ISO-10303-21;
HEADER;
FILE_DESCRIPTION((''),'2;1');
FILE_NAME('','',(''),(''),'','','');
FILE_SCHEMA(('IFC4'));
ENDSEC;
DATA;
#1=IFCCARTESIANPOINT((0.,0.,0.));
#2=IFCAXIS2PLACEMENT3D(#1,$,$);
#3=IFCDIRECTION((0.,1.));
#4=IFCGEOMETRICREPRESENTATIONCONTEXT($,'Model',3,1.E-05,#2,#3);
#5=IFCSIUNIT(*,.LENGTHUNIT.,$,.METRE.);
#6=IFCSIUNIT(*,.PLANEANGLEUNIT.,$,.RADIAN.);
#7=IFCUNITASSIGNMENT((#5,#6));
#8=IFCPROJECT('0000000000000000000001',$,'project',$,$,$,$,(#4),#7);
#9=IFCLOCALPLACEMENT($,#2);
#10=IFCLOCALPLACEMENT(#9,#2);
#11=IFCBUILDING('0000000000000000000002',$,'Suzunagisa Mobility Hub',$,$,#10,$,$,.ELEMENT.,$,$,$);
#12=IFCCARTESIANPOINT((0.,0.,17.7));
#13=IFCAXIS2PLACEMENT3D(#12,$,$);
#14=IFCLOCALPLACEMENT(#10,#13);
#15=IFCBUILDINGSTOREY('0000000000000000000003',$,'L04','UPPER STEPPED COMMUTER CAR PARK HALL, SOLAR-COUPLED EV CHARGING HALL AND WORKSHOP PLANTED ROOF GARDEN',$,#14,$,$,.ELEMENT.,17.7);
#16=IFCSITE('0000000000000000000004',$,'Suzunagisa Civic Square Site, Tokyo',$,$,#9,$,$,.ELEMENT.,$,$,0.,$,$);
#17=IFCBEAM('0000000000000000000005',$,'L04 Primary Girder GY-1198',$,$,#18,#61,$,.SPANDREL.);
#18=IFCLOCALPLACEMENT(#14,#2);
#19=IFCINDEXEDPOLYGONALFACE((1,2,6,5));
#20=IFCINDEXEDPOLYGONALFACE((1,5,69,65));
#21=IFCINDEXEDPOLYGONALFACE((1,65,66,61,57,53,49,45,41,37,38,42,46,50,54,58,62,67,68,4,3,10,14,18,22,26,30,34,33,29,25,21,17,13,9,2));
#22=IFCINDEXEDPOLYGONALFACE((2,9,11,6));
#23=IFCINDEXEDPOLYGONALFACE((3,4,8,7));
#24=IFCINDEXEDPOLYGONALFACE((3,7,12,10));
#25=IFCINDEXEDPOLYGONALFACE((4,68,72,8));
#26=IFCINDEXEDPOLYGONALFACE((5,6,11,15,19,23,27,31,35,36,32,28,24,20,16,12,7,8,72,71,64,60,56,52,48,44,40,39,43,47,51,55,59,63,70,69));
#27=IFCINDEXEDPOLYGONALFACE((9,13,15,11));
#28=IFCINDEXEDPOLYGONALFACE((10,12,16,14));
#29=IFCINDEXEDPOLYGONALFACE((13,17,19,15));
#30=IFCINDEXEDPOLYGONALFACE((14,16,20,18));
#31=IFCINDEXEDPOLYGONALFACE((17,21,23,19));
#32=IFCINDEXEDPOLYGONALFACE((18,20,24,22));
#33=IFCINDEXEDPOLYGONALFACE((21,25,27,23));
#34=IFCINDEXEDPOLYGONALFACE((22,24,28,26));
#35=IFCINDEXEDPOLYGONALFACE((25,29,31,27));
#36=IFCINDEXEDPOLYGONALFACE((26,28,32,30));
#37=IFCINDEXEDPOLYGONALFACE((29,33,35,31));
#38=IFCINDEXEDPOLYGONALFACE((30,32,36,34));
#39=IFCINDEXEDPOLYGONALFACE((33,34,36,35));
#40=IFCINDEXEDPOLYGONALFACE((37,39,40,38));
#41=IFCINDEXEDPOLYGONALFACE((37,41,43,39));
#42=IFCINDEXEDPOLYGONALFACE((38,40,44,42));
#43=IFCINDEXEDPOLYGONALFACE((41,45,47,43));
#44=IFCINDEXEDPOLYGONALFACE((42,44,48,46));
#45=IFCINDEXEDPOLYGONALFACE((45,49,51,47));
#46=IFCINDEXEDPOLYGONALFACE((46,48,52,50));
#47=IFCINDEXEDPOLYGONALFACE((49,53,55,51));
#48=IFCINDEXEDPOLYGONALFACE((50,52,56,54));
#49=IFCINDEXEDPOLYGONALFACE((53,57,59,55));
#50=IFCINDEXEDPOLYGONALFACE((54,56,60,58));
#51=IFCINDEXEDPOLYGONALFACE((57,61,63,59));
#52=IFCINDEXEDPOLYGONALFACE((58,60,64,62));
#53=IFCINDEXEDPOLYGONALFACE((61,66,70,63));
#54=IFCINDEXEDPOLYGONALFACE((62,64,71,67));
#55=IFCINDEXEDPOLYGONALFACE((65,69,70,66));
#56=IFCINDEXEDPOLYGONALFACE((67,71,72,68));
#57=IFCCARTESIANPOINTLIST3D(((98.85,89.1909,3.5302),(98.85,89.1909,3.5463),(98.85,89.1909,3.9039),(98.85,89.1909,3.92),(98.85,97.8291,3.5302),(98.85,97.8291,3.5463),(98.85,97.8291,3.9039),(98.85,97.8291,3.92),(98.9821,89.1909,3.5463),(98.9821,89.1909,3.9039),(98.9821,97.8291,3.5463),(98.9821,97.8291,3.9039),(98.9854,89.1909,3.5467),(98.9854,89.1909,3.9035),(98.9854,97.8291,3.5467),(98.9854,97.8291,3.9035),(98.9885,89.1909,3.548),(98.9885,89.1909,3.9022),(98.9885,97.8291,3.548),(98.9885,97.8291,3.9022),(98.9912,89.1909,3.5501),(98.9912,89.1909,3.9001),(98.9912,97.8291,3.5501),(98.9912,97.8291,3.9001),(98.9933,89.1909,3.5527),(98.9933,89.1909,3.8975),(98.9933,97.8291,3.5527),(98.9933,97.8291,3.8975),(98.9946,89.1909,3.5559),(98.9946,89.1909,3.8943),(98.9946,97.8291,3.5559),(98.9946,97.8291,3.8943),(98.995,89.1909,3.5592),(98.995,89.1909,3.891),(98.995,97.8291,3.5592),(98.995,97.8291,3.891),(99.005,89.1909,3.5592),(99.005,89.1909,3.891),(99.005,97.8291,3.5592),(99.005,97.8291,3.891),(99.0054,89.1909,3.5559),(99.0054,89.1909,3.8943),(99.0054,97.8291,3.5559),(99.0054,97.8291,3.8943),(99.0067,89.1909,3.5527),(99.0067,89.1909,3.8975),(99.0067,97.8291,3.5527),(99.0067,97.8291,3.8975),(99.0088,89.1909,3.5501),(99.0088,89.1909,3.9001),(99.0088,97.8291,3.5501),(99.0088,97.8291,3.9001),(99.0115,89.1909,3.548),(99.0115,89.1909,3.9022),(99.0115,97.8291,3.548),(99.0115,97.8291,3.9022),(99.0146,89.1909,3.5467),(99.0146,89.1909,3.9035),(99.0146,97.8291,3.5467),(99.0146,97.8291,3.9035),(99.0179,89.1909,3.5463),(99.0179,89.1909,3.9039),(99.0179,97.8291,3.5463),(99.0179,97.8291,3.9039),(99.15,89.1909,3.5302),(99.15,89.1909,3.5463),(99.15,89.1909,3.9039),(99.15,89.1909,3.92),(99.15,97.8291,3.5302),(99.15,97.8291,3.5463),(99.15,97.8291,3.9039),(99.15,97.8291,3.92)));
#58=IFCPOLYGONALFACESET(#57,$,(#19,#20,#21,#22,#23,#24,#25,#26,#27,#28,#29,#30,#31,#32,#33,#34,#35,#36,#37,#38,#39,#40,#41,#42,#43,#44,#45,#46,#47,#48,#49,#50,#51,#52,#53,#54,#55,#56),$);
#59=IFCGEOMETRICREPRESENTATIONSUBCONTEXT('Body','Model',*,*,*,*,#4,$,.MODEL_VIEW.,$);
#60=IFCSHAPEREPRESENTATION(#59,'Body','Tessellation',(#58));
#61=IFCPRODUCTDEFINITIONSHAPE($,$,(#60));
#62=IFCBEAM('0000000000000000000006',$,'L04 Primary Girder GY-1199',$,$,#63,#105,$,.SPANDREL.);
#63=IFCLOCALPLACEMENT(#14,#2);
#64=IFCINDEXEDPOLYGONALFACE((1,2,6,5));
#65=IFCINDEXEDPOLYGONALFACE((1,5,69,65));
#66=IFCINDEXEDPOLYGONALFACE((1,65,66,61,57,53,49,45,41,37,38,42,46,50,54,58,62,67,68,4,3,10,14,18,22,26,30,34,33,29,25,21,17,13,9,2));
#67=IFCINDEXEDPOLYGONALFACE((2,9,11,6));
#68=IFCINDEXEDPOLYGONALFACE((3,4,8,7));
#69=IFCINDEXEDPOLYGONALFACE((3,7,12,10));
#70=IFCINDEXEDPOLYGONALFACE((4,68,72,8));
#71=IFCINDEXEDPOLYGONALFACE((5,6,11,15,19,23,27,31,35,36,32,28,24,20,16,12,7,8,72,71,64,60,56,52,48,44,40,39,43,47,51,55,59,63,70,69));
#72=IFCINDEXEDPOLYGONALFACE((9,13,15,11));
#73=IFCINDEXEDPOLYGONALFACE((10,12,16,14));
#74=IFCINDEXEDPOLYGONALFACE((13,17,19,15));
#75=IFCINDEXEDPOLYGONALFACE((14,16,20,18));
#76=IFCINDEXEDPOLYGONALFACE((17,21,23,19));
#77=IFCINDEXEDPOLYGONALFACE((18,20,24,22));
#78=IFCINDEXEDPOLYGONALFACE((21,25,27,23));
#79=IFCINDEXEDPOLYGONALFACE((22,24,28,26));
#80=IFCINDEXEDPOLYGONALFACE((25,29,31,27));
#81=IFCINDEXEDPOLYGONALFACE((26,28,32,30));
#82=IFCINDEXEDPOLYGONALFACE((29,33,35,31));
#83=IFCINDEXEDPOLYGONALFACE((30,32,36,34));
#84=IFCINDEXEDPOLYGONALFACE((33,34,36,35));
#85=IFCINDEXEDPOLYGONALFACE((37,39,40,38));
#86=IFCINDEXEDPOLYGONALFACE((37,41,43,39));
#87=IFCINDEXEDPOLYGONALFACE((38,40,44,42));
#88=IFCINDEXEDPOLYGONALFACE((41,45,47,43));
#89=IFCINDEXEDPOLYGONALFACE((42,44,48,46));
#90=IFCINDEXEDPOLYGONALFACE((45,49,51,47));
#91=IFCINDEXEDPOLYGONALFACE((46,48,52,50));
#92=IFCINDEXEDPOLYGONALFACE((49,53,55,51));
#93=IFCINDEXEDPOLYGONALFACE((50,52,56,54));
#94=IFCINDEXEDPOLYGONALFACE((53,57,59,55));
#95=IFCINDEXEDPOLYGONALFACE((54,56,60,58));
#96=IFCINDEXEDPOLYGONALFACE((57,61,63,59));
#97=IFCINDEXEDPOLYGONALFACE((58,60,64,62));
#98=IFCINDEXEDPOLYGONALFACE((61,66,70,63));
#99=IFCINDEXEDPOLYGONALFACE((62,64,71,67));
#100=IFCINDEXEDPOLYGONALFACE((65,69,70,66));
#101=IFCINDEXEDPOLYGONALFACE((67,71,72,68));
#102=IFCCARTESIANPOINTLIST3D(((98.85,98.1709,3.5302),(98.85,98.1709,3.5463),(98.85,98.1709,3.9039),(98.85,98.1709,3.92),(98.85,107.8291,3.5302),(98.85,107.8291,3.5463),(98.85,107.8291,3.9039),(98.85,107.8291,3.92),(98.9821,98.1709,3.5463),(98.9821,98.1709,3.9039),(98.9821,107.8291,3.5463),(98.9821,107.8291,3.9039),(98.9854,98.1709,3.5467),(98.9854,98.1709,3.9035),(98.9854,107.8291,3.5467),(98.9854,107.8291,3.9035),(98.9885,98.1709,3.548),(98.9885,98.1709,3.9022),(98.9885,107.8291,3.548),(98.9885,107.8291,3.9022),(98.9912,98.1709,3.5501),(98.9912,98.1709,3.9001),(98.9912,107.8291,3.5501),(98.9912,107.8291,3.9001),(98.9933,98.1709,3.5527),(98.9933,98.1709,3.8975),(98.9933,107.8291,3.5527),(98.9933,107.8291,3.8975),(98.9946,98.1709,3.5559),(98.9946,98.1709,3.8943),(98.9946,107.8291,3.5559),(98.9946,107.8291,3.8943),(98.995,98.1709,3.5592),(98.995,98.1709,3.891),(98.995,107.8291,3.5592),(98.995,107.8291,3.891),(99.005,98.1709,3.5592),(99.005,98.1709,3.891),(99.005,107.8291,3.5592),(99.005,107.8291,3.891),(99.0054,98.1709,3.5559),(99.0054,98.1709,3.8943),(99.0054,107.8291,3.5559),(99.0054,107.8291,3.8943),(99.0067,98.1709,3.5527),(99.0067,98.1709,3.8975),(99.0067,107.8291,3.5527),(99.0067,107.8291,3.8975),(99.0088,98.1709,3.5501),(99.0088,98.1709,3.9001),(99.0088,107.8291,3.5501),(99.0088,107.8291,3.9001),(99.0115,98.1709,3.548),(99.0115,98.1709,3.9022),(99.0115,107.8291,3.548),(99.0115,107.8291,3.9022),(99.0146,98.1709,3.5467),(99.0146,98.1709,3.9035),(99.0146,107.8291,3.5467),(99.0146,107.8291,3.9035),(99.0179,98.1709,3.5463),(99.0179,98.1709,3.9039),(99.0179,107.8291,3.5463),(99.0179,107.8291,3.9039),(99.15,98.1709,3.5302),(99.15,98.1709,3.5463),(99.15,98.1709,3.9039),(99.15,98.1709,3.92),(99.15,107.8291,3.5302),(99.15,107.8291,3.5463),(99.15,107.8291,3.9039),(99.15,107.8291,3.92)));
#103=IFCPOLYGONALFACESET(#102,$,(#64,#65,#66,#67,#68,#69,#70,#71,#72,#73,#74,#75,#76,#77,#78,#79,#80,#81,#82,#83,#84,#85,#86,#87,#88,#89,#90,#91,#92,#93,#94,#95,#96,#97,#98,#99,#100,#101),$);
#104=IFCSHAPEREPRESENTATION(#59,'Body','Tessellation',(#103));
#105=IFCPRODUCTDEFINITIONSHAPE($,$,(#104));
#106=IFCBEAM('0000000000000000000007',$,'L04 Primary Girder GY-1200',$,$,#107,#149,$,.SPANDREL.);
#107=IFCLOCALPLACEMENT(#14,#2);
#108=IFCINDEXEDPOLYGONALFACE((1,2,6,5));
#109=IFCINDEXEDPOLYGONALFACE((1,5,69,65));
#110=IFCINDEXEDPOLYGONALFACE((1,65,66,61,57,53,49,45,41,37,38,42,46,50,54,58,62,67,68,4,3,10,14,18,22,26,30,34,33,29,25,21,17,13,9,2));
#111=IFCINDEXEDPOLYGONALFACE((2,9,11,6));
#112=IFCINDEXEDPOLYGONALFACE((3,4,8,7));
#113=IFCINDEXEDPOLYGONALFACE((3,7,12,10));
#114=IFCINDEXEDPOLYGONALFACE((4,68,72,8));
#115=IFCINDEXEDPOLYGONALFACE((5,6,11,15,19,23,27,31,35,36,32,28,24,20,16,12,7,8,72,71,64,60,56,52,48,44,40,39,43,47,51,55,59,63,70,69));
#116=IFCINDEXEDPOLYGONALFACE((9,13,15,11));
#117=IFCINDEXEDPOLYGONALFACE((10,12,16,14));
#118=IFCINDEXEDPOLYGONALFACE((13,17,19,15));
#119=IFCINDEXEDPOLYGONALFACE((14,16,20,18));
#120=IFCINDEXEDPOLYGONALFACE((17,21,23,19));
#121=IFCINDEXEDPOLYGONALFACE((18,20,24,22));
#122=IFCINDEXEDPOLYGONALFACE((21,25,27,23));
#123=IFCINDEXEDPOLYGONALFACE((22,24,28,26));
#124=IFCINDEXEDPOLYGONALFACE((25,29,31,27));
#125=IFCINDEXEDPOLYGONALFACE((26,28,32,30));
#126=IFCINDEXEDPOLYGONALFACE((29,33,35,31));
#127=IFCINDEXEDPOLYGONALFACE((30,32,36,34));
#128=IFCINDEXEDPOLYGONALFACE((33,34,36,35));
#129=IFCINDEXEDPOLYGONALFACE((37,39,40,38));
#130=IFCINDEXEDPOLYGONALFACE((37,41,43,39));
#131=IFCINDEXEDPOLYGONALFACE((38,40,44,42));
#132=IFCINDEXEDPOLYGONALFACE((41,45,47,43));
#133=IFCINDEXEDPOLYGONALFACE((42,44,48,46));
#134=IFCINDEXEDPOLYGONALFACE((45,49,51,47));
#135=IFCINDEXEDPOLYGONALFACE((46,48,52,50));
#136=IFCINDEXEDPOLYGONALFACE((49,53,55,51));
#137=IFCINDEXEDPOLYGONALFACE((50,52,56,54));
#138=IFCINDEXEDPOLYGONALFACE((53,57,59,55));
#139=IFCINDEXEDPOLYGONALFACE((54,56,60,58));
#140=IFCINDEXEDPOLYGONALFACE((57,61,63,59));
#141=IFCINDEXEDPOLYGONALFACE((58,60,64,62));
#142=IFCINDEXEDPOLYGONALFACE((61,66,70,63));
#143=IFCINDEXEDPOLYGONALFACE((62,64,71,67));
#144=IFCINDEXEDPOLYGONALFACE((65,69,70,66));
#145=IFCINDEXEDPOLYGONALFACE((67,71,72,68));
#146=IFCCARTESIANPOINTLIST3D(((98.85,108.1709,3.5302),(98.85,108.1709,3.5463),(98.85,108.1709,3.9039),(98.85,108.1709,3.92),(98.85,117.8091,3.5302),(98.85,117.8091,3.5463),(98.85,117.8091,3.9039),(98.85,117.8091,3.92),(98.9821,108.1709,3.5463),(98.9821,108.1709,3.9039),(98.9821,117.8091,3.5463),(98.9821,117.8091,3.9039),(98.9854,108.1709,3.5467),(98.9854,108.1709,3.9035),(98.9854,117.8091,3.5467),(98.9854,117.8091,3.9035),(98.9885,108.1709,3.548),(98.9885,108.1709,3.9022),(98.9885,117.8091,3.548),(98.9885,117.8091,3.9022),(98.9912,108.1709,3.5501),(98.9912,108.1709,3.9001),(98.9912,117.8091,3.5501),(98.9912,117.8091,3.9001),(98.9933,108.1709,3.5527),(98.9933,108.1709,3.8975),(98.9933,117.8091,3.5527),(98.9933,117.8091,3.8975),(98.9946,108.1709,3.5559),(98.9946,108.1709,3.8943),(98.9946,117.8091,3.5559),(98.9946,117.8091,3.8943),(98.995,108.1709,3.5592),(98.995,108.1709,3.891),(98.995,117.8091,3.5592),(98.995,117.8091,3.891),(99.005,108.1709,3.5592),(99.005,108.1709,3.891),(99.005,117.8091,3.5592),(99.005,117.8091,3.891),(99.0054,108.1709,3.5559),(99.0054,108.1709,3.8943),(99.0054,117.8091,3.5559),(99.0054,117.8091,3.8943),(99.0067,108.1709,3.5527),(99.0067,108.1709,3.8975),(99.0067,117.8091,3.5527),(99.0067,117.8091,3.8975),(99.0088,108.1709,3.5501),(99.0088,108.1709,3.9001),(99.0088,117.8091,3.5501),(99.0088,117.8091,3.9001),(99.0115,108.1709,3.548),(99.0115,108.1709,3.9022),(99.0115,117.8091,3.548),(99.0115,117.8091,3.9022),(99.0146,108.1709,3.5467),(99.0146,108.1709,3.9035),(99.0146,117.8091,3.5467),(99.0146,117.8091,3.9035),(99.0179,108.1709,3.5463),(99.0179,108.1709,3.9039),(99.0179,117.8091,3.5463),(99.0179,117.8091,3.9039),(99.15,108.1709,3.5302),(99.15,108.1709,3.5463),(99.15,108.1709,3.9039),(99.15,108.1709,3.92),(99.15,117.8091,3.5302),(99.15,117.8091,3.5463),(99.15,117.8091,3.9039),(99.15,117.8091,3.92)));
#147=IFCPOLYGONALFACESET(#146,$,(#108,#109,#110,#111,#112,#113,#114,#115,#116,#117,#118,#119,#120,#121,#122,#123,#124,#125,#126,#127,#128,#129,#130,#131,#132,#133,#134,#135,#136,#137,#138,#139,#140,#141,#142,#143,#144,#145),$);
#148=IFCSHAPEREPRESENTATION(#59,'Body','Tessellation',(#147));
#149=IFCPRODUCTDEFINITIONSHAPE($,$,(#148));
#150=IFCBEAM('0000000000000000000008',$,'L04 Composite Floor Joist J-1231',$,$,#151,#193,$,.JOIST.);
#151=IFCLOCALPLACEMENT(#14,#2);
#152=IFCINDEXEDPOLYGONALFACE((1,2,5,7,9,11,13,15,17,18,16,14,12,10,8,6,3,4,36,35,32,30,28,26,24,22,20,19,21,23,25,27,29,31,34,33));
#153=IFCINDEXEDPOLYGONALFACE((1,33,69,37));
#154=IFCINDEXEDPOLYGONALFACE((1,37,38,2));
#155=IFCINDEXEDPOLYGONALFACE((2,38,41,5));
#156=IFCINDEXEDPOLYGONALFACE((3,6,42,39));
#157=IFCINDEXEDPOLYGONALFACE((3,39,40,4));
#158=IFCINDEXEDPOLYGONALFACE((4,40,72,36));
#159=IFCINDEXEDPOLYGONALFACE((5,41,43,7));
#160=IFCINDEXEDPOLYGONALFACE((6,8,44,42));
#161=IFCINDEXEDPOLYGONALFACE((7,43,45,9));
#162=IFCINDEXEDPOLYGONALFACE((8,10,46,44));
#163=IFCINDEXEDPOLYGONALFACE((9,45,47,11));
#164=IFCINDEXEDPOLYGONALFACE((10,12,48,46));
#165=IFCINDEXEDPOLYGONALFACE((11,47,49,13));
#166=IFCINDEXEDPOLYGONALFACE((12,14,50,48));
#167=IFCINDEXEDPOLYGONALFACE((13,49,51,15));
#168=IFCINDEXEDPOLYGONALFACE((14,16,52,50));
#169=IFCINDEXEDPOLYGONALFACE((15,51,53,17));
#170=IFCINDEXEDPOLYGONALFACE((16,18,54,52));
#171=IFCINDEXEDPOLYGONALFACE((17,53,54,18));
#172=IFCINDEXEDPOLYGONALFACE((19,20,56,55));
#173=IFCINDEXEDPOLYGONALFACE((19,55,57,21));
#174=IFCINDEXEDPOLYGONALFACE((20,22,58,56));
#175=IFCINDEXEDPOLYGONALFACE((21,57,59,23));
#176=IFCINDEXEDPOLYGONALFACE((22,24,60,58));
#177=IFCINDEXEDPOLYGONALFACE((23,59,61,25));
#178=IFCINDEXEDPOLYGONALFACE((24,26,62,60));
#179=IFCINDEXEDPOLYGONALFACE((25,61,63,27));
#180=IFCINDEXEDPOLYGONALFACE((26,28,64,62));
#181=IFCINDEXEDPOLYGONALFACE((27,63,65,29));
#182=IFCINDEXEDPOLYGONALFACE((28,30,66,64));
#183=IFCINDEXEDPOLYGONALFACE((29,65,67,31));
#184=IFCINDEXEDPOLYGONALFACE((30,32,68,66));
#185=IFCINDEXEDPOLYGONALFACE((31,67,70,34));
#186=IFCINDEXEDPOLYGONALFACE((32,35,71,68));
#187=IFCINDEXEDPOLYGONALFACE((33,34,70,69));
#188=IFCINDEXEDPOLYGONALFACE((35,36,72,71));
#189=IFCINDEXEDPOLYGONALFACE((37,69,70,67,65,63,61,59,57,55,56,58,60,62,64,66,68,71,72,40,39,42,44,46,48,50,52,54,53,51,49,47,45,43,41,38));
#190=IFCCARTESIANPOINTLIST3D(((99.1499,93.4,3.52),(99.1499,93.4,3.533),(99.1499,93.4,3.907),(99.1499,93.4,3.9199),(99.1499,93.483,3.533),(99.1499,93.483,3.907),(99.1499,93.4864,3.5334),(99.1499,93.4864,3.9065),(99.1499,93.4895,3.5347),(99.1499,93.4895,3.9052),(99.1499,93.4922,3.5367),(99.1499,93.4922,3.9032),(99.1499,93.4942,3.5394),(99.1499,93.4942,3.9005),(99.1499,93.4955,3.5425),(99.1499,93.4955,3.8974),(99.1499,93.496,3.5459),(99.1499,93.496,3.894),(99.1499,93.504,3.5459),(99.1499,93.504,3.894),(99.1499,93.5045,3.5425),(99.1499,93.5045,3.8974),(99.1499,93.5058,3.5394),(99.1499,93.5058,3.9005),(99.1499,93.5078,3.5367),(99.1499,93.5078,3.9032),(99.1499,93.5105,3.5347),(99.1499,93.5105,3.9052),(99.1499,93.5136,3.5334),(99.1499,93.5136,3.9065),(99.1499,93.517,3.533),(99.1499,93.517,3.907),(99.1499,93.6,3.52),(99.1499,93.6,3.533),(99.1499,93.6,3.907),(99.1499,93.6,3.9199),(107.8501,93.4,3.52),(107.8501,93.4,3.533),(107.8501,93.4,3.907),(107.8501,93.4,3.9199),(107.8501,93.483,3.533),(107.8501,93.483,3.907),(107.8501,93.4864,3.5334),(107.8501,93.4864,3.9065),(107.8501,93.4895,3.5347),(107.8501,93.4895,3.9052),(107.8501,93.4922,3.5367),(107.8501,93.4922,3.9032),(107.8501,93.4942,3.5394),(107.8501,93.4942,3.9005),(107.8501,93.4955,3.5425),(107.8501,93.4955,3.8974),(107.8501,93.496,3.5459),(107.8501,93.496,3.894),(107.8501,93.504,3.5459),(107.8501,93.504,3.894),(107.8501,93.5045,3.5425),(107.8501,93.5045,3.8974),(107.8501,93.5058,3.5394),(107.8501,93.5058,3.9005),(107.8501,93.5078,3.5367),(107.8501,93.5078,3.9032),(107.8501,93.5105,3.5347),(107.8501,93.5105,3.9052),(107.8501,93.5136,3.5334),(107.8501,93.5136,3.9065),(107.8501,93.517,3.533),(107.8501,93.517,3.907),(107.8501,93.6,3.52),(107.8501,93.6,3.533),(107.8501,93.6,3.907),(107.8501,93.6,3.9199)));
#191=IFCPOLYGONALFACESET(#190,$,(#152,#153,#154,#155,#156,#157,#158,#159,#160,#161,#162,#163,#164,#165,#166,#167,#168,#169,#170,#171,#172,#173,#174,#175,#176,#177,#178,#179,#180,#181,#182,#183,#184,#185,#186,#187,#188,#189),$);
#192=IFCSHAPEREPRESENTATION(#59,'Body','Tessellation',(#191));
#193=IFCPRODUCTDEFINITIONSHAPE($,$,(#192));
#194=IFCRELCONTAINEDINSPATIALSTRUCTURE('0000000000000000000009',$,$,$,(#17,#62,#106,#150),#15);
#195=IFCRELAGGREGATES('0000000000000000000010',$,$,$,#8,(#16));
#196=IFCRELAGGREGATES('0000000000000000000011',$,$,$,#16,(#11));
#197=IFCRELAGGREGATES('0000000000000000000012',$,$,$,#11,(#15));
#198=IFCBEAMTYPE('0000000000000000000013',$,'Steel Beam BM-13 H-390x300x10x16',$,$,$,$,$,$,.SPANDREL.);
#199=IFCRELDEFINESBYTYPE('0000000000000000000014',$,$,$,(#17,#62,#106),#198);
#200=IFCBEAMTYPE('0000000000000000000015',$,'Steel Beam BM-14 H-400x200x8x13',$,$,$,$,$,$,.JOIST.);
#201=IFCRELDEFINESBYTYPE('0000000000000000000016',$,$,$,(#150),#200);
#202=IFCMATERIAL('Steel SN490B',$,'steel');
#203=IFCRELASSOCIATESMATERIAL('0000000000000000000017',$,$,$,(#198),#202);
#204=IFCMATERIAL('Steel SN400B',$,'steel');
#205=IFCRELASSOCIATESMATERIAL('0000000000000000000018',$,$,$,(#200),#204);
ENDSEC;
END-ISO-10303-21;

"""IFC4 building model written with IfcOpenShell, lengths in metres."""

from ifc_helpers import new_model, si_unit, direction, frame, origin, origin_2d, place, context, subcontext, project, spatial, i_section, extrude, material, material_profile, profile_set, type_object, element, save


model = new_model("IFC4")

# Units and contexts
model_context = context("Model", 3, precision=1e-05, world=origin(), true_north=direction((0.0, 1.0)))
body_context = subcontext(model_context, "Body", "Model", "MODEL_VIEW")
ifc_project = project(units=[si_unit("LENGTHUNIT", "METRE"), si_unit("PLANEANGLEUNIT", "RADIAN")], contexts=[model_context])

# Site, building, storey
site_placement = place(None, origin())
site = spatial("IfcSite", under=ifc_project, at=site_placement, Name="Suzunagisa Civic Square Site, Tokyo", CompositionType="ELEMENT", RefElevation=0.0)
building_placement = place(site_placement, origin())
building = spatial("IfcBuilding", under=site, at=building_placement, Name="Suzunagisa Mobility Hub", CompositionType="ELEMENT")
storey_placement = place(building_placement, frame((0.0, 0.0, 17.7)))
storey = spatial("IfcBuildingStorey", under=building, at=storey_placement, Name="L04", Description="UPPER STEPPED COMMUTER CAR PARK HALL, SOLAR-COUPLED EV CHARGING HALL AND WORKSHOP PLANTED ROOF GARDEN", CompositionType="ELEMENT", Elevation=17.7)

# Shared definitions
ifc_material_1 = material(Name="Steel SN490B", Category="steel")

# Beams
ifc_material_profile_1 = material_profile(ifc_material_1, i_section(OverallWidth=0.3, OverallDepth=0.3899, WebThickness=0.01, FlangeThickness=0.0161, FilletRadius=0.0129, at=origin_2d()), Name="H-390x300x10x16")
ifc_profile_set_1 = profile_set([ifc_material_profile_1], Name="Steel SN490B")
beam_type_1 = type_object("IfcBeamType", Name="Steel Beam BM-13 H-390x300x10x16", PredefinedType="SPANDREL", material=ifc_profile_set_1)
beam_1_placement = place(storey_placement, frame((99.0, 89.1909, 3.7251), z_axis=(0.0, 1.0, 0.0), x_axis=(-1.0, 0.0, 0.0)))
element("IfcBeam", 1, at=beam_1_placement, inside=storey, type_object=beam_type_1, Name="L04 Primary Girder GY-1198", PredefinedType="SPANDREL", context=body_context, shape_type="SweptSolid", body=[
    extrude(i_section(OverallWidth=0.3, OverallDepth=0.3899, WebThickness=0.01, FlangeThickness=0.0161, FilletRadius=0.0129, at=origin_2d()), origin(), (0.0, 0.0, 1.0), 8.6382),
])
beam_2_placement = place(storey_placement, frame((99.0, 98.1709, 3.7251), z_axis=(0.0, 1.0, 0.0), x_axis=(-1.0, 0.0, 0.0)))
element("IfcBeam", 2, at=beam_2_placement, inside=storey, type_object=beam_type_1, Name="L04 Primary Girder GY-1199", PredefinedType="SPANDREL", context=body_context, shape_type="SweptSolid", body=[
    extrude(i_section(OverallWidth=0.3, OverallDepth=0.3899, WebThickness=0.01, FlangeThickness=0.0161, FilletRadius=0.0129, at=origin_2d()), origin(), (0.0, 0.0, 1.0), 9.6582),
])
beam_3_placement = place(storey_placement, frame((99.0, 108.1709, 3.7251), z_axis=(0.0, 1.0, 0.0), x_axis=(-1.0, 0.0, 0.0)))
element("IfcBeam", 3, at=beam_3_placement, inside=storey, type_object=beam_type_1, Name="L04 Primary Girder GY-1200", PredefinedType="SPANDREL", context=body_context, shape_type="SweptSolid", body=[
    extrude(i_section(OverallWidth=0.3, OverallDepth=0.3899, WebThickness=0.01, FlangeThickness=0.0161, FilletRadius=0.0129, at=origin_2d()), origin(), (0.0, 0.0, 1.0), 9.6382),
])
ifc_material_2 = material(Name="Steel SN400B", Category="steel")
ifc_material_profile_2 = material_profile(ifc_material_2, i_section(OverallWidth=0.2, OverallDepth=0.3999, WebThickness=0.0081, FlangeThickness=0.0129, FilletRadius=0.0129, at=origin_2d()), Name="H-400x200x8x13")
ifc_profile_set_2 = profile_set([ifc_material_profile_2], Name="Steel SN400B")
beam_type_2 = type_object("IfcBeamType", Name="Steel Beam BM-14 H-400x200x8x13", PredefinedType="JOIST", material=ifc_profile_set_2)
for number, where, z_axis, x_axis, name in (
    (4, (99.1499, 93.5, 3.72), (1.0, 0.0, 0.0), (0.0, 1.0, 0.0), "L04 Composite Floor Joist J-1231"),
):
    element("IfcBeam", number, at=place(storey_placement, frame(where, z_axis=z_axis, x_axis=x_axis)), inside=storey, type_object=beam_type_2, Name=name, PredefinedType="JOIST", context=body_context, shape_type="SweptSolid", body=[
        extrude(i_section(OverallWidth=0.2, OverallDepth=0.3999, WebThickness=0.0081, FlangeThickness=0.0129, FilletRadius=0.0129, at=origin_2d()), origin(), (0.0, 0.0, 1.0), 8.7002),
    ])

save(model, "model.ifc")
